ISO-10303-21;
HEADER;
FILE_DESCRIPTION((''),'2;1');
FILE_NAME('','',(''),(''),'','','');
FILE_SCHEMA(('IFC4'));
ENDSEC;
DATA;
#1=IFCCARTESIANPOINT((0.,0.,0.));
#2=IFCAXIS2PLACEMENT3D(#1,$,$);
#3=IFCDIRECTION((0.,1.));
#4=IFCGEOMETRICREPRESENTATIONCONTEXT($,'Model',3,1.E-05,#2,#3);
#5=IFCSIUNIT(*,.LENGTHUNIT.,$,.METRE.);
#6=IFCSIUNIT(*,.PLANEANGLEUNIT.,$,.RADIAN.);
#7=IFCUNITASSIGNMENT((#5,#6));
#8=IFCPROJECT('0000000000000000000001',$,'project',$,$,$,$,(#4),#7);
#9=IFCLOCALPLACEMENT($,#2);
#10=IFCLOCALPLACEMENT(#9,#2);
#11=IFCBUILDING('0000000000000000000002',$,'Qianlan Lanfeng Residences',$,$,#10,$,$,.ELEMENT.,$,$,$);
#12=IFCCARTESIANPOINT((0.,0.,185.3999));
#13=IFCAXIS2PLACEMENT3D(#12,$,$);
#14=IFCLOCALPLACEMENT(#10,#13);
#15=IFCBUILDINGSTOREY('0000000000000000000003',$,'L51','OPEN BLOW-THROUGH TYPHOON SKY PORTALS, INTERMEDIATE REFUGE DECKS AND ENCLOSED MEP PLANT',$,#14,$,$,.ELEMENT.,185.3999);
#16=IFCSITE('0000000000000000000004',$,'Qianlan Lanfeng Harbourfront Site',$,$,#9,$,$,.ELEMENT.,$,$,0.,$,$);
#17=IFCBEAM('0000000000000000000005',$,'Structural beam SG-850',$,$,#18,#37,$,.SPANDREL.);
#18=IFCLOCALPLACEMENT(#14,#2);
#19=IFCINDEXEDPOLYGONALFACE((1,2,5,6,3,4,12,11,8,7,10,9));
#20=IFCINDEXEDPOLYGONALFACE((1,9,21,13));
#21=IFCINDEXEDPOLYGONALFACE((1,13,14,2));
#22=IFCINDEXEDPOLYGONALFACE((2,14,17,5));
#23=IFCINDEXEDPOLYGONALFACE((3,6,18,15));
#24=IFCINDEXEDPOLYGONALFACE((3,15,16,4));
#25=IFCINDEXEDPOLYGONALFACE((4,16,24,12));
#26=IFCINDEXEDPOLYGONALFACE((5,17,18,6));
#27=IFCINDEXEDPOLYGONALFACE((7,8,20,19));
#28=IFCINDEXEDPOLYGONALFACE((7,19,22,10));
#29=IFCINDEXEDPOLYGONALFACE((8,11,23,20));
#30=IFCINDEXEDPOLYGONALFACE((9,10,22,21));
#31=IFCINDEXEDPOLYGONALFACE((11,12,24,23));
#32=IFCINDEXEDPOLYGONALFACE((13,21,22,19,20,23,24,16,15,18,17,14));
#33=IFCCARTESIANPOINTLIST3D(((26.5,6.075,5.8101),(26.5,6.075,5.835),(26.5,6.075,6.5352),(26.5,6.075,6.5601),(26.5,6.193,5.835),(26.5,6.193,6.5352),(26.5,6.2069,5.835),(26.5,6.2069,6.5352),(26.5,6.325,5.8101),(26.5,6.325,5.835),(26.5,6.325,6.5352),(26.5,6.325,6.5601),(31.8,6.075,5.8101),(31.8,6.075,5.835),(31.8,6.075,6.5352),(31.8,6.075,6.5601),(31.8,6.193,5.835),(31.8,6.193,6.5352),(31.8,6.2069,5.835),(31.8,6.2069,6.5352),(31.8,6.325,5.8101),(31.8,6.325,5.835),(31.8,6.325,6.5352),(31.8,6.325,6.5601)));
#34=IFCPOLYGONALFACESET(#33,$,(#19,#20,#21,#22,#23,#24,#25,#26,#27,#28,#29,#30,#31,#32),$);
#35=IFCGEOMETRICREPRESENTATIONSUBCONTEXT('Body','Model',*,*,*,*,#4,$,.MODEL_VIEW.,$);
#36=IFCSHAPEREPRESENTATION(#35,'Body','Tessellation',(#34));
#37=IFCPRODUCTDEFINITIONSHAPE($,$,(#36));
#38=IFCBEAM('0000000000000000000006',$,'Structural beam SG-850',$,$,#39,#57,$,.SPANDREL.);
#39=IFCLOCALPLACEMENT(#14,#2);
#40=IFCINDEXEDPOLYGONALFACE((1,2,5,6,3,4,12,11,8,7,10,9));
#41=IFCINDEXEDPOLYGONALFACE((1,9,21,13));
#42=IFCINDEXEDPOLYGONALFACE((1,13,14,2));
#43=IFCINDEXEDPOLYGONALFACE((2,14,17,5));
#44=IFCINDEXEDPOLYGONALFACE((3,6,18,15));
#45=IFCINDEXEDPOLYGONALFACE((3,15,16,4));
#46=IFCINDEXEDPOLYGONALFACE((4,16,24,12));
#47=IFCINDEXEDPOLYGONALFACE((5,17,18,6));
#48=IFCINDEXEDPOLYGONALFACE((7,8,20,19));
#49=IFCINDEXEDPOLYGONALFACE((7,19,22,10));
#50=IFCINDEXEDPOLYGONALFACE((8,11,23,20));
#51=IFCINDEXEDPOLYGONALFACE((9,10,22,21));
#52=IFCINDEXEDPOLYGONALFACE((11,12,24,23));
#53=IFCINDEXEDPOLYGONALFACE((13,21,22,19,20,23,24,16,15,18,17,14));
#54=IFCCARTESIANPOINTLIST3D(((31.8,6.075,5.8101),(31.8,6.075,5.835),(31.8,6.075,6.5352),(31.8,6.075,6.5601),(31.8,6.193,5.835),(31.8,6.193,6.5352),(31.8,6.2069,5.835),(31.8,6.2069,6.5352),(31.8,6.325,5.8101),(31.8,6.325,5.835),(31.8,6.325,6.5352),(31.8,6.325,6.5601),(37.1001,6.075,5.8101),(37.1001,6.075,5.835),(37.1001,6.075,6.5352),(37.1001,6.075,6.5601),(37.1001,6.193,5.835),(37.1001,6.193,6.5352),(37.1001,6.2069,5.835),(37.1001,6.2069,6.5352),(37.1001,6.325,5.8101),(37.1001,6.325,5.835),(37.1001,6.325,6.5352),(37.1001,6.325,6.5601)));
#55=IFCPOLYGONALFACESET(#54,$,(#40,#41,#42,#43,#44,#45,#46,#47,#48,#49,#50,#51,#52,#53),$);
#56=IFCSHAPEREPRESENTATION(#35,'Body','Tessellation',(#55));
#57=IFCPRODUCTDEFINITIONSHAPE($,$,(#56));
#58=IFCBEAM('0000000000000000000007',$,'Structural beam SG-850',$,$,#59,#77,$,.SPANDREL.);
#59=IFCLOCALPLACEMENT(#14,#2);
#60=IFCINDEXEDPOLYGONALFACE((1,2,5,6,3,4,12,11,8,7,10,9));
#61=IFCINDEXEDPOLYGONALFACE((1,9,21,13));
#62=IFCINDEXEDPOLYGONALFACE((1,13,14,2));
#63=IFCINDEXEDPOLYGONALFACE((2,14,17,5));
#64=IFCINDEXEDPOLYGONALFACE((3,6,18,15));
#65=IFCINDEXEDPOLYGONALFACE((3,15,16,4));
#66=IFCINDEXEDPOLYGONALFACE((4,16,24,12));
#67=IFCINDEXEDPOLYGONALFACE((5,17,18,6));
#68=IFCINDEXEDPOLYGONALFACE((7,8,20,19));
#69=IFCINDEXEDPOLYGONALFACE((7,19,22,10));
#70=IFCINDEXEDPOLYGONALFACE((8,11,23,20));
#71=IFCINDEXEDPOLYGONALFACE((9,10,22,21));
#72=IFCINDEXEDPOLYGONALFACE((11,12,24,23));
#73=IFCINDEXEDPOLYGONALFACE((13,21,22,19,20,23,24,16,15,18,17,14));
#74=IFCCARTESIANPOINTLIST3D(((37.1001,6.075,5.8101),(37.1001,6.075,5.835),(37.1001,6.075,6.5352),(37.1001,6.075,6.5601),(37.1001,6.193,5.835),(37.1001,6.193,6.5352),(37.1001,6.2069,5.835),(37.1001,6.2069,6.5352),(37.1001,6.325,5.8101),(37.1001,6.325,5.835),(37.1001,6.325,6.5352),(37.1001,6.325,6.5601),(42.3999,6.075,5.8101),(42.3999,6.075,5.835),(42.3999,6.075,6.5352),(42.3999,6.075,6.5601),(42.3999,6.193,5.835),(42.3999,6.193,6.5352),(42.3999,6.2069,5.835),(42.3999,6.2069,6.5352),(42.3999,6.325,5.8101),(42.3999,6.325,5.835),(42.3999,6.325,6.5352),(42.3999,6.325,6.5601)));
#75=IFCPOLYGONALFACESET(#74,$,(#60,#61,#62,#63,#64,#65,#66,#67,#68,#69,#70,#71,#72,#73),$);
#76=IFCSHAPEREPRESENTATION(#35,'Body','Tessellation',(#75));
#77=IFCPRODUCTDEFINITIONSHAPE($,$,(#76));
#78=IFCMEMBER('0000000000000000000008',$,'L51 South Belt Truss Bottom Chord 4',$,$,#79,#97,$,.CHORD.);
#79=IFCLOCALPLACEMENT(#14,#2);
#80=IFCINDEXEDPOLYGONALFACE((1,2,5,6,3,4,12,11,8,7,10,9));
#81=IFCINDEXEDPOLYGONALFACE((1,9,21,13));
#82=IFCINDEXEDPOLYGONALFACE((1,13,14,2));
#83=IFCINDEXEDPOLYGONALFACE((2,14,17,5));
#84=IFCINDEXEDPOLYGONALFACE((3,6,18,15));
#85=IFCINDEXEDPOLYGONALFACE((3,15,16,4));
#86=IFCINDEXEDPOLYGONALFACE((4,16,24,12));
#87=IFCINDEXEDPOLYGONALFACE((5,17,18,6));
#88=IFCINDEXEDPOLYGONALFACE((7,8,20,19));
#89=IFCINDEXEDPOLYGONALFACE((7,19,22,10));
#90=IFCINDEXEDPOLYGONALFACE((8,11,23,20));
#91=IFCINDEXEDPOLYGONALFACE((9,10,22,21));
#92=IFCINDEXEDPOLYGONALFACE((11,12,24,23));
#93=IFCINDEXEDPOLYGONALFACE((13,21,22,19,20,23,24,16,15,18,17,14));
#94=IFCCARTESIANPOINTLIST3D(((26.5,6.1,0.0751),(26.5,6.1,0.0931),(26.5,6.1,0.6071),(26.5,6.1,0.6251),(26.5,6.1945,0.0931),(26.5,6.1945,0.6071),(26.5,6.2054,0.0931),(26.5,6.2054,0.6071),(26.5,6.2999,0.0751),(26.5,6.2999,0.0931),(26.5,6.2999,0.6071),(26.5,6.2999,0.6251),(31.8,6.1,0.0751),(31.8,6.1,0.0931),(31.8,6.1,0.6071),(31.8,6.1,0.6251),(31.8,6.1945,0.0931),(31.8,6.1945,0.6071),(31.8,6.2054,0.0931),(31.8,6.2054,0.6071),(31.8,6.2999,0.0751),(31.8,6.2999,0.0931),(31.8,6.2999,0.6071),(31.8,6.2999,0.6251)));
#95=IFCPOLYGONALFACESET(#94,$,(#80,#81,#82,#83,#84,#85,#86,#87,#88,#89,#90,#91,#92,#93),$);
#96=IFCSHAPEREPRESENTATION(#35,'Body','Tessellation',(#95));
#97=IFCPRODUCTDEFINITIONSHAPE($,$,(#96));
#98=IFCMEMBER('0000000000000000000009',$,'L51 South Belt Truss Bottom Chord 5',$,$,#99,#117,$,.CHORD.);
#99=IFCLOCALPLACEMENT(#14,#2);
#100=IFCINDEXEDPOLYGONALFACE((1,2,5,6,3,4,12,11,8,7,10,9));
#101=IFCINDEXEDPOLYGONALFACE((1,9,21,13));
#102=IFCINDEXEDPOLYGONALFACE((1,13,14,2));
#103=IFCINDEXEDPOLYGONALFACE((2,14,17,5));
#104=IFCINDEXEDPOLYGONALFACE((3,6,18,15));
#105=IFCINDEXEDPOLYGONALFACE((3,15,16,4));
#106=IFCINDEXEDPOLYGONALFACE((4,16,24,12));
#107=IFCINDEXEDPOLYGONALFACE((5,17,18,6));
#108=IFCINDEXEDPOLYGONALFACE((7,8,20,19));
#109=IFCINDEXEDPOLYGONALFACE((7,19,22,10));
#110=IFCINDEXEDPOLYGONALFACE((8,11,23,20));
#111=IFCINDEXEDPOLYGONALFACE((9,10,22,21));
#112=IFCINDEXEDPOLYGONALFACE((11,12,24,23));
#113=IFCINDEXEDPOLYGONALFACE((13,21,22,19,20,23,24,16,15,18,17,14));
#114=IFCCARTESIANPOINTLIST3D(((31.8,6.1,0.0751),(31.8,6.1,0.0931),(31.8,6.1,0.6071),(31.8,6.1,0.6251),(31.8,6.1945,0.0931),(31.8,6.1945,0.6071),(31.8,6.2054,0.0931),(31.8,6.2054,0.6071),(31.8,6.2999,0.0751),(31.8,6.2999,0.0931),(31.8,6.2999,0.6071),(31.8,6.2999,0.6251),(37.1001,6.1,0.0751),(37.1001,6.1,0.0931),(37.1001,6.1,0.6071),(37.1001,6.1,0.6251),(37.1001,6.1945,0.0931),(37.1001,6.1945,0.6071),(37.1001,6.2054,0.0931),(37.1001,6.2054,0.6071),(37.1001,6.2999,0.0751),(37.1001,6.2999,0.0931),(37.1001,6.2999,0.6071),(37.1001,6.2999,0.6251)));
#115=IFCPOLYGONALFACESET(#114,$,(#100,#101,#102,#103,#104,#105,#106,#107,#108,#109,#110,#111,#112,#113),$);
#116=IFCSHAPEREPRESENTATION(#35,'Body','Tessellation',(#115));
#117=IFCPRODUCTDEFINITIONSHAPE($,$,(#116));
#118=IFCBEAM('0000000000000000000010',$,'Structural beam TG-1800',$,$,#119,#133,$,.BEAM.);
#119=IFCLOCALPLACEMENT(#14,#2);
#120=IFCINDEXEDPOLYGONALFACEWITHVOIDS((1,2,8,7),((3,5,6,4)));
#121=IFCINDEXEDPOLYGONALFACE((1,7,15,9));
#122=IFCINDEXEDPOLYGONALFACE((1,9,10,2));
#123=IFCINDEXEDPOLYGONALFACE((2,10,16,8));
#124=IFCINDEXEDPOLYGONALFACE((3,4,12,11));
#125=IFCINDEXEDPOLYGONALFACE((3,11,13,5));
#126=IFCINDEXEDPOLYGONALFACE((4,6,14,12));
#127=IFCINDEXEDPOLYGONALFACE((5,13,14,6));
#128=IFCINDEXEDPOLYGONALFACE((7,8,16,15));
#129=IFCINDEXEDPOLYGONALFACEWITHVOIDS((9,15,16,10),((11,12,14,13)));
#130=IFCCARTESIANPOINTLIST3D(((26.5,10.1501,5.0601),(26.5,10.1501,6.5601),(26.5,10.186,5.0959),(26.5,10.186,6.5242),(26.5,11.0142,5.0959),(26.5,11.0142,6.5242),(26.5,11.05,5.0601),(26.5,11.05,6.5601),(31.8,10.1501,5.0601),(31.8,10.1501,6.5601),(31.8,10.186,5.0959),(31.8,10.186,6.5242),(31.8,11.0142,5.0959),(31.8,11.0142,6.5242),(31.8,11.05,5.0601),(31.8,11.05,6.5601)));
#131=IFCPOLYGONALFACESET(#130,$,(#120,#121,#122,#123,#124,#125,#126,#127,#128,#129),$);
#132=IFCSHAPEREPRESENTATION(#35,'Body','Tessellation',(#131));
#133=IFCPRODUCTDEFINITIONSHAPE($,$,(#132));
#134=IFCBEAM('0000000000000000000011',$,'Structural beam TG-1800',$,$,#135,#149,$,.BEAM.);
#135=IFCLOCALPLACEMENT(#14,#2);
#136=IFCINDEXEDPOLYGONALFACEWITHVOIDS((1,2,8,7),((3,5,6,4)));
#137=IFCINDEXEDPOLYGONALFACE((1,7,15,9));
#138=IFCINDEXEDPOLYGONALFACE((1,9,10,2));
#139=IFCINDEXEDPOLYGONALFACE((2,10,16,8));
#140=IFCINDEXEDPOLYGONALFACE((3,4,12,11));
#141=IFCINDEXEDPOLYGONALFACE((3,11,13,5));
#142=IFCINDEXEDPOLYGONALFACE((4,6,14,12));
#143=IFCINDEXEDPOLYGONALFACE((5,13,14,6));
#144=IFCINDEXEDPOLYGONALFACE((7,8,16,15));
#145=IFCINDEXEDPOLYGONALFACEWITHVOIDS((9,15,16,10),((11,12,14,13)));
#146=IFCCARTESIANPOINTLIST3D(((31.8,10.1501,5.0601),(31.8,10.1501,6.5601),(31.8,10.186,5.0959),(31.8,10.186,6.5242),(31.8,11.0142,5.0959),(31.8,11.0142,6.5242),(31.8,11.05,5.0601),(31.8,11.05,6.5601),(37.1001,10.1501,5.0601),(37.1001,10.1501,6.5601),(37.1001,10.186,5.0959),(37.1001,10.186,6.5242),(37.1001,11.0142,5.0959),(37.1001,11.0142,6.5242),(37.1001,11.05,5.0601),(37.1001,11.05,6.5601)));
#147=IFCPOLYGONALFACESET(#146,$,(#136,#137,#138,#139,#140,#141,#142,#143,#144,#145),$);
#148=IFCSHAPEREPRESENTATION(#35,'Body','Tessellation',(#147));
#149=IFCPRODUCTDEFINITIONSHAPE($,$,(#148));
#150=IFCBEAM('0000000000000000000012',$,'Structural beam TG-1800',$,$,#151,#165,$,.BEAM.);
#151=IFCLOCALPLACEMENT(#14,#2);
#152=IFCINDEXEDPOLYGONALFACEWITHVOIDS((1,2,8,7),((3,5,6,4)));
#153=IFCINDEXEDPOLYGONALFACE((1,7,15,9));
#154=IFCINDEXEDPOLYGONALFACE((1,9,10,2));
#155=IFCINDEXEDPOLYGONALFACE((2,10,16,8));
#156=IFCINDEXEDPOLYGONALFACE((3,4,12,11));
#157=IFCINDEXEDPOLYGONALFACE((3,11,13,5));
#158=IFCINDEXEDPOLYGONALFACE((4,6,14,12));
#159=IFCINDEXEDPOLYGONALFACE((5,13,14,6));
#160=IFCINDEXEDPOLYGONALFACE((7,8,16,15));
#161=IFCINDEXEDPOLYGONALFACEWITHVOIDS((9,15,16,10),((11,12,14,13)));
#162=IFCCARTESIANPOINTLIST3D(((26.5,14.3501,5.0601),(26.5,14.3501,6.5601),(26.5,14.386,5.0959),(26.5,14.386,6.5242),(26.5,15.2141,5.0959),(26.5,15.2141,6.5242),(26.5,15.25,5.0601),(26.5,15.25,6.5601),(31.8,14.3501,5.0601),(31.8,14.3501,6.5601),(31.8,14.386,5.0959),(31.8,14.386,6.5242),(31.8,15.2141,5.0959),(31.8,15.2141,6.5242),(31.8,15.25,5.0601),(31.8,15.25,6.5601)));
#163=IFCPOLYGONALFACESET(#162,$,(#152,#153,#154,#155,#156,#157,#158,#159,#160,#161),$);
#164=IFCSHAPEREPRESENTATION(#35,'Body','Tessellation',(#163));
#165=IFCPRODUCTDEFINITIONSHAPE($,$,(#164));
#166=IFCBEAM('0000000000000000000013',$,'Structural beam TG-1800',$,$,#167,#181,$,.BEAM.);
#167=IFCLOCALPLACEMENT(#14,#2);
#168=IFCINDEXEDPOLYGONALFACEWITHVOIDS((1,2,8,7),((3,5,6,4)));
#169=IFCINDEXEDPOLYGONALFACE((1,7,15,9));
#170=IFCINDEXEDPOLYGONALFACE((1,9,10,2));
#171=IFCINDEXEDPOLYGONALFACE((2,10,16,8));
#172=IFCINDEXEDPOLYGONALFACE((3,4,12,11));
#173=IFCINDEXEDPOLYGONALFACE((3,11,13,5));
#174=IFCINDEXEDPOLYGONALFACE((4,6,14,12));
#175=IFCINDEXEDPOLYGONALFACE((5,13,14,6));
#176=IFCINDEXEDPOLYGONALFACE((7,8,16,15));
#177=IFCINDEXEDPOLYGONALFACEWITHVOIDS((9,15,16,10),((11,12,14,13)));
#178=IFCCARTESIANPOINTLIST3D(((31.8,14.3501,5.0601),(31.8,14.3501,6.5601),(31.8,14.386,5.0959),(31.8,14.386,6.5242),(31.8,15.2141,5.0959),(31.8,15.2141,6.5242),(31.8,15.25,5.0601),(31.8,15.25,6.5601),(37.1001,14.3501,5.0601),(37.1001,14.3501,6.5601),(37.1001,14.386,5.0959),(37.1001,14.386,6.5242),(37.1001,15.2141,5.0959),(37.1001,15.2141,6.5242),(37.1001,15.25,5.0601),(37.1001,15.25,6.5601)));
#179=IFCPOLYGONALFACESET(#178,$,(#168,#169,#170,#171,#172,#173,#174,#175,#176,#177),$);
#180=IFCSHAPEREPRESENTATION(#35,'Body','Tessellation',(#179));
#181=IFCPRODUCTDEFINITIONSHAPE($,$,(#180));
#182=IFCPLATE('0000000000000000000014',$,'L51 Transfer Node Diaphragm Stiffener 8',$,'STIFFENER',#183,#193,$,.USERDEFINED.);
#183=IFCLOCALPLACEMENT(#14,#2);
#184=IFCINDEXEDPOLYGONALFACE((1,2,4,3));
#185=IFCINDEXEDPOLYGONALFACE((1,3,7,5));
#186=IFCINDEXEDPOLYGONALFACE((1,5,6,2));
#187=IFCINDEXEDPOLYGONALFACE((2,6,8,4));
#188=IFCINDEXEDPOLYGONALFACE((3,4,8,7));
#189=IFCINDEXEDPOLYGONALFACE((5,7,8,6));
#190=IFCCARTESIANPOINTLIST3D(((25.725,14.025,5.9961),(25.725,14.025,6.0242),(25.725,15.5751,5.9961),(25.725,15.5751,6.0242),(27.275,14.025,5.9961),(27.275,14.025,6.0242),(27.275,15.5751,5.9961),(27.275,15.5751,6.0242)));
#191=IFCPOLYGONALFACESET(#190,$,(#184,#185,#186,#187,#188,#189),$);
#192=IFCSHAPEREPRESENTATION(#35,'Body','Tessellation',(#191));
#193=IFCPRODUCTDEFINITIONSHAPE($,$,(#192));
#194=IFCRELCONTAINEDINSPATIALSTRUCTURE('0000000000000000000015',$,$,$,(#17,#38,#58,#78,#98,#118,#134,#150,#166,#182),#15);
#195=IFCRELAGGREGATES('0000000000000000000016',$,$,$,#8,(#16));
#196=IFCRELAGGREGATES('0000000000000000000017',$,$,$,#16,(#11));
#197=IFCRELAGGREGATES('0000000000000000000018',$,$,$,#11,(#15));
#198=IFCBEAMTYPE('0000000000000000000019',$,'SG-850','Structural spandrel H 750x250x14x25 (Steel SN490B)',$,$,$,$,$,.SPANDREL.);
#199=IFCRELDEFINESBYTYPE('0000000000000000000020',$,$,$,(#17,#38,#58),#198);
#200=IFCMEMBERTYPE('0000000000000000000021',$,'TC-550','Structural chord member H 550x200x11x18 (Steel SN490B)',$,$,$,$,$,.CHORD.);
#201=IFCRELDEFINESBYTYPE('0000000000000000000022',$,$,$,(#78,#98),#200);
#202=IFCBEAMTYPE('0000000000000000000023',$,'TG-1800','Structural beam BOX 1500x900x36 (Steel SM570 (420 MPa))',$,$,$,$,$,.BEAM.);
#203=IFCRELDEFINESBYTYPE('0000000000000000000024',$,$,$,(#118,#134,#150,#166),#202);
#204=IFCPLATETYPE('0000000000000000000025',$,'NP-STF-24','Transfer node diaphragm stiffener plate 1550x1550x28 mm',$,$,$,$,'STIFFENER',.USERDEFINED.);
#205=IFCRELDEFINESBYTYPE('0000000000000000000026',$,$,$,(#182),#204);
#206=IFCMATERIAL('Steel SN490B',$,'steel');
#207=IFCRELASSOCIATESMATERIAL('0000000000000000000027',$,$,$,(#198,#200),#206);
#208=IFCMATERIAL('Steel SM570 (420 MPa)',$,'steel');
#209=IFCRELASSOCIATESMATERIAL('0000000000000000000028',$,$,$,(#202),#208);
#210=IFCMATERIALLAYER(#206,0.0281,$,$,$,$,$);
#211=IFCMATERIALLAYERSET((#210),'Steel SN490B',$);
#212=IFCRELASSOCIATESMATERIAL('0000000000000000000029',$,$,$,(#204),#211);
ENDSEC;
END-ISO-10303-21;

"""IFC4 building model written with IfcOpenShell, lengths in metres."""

from ifc_helpers import new_model, si_unit, direction, frame, origin, origin_2d, place, context, subcontext, project, spatial, rectangle, hollow_rectangle, i_section, extrude, source, transform, mapped, material, layer, layer_set, material_profile, profile_set, type_object, element, save


model = new_model("IFC4")

# Units and contexts
model_context = context("Model", 3, precision=1e-05, world=origin(), true_north=direction((0.0, 1.0)))
body_context = subcontext(model_context, "Body", "Model", "MODEL_VIEW")
ifc_project = project(units=[si_unit("LENGTHUNIT", "METRE"), si_unit("PLANEANGLEUNIT", "RADIAN")], contexts=[model_context])

# Site, building, storey
site_placement = place(None, origin())
site = spatial("IfcSite", under=ifc_project, at=site_placement, Name="Qianlan Lanfeng Harbourfront Site", CompositionType="ELEMENT", RefElevation=0.0)
building_placement = place(site_placement, origin())
building = spatial("IfcBuilding", under=site, at=building_placement, Name="Qianlan Lanfeng Residences", CompositionType="ELEMENT")
storey_placement = place(building_placement, frame((0.0, 0.0, 185.3999)))
storey = spatial("IfcBuildingStorey", under=building, at=storey_placement, Name="L51", Description="OPEN BLOW-THROUGH TYPHOON SKY PORTALS, INTERMEDIATE REFUGE DECKS AND ENCLOSED MEP PLANT", CompositionType="ELEMENT", Elevation=185.3999)

# Shared definitions
ifc_material_1 = material(Name="Steel SN490B", Category="steel")

# Beams
ifc_material_profile_1 = material_profile(ifc_material_1, i_section(OverallWidth=0.25, OverallDepth=0.75, WebThickness=0.0139, FlangeThickness=0.0249, at=origin_2d()), Name="H 750x250x14x25")
ifc_profile_set_1 = profile_set([ifc_material_profile_1], Name="Steel SN490B")
beam_type_1 = type_object("IfcBeamType", Name="SG-850", Description="Structural spandrel H 750x250x14x25 (Steel SN490B)", PredefinedType="SPANDREL", material=ifc_profile_set_1)
for number, where, z_axis, x_axis, name in (
    (1, (26.5, 6.2, 6.1851), (1.0, 0.0, 0.0), (0.0, 1.0, 0.0), "Structural beam SG-850"),
    (2, (31.8, 6.2, 6.1851), (1.0, 0.0, 0.0), (0.0, 1.0, 0.0), "Structural beam SG-850"),
):
    element("IfcBeam", number, at=place(storey_placement, frame(where, z_axis=z_axis, x_axis=x_axis)), inside=storey, type_object=beam_type_1, Name=name, PredefinedType="SPANDREL", context=body_context, shape_type="SweptSolid", body=[
        extrude(i_section(OverallWidth=0.25, OverallDepth=0.75, WebThickness=0.0139, FlangeThickness=0.0249, at=origin_2d()), origin(), (0.0, 0.0, 1.0), 5.3),
    ])
beam_1_placement = place(storey_placement, frame((37.1001, 6.2, 6.1851), z_axis=(1.0, 0.0, 0.0), x_axis=(0.0, 1.0, 0.0)))
element("IfcBeam", 3, at=beam_1_placement, inside=storey, type_object=beam_type_1, Name="Structural beam SG-850", PredefinedType="SPANDREL", context=body_context, shape_type="SweptSolid", body=[
    extrude(i_section(OverallWidth=0.25, OverallDepth=0.75, WebThickness=0.0139, FlangeThickness=0.0249, at=origin_2d()), origin(), (0.0, 0.0, 1.0), 5.2998),
])

# Members
ifc_material_profile_2 = material_profile(ifc_material_1, i_section(OverallWidth=0.2, OverallDepth=0.55, WebThickness=0.011, FlangeThickness=0.0181, at=origin_2d()), Name="H 550x200x11x18")
ifc_profile_set_2 = profile_set([ifc_material_profile_2], Name="Steel SN490B")
member_type_1 = type_object("IfcMemberType", Name="TC-550", Description="Structural chord member H 550x200x11x18 (Steel SN490B)", PredefinedType="CHORD", material=ifc_profile_set_2)
for number, where, z_axis, x_axis, name in (
    (4, (26.5, 6.2, 0.3501), (1.0, 0.0, 0.0), (0.0, 1.0, 0.0), "L51 South Belt Truss Bottom Chord 4"),
    (5, (31.8, 6.2, 0.3501), (1.0, 0.0, 0.0), (0.0, 1.0, 0.0), "L51 South Belt Truss Bottom Chord 5"),
):
    element("IfcMember", number, at=place(storey_placement, frame(where, z_axis=z_axis, x_axis=x_axis)), inside=storey, type_object=member_type_1, Name=name, PredefinedType="CHORD", context=body_context, shape_type="SweptSolid", body=[
        extrude(i_section(OverallWidth=0.2, OverallDepth=0.55, WebThickness=0.011, FlangeThickness=0.0181, at=origin_2d()), origin(), (0.0, 0.0, 1.0), 5.3),
    ])

# Beams
ifc_material_2 = material(Name="Steel SM570 (420 MPa)", Category="steel")
ifc_material_profile_3 = material_profile(ifc_material_2, hollow_rectangle(XDim=0.8999, YDim=1.5, WallThickness=0.0359, at=origin_2d()), Name="BOX 1500x900x36")
ifc_profile_set_3 = profile_set([ifc_material_profile_3], Name="Steel SM570 (420 MPa)")
beam_type_2 = type_object("IfcBeamType", Name="TG-1800", Description="Structural beam BOX 1500x900x36 (Steel SM570 (420 MPa))", PredefinedType="BEAM", material=ifc_profile_set_3)
for number, where, z_axis, x_axis, name in (
    (6, (26.5, 10.6001, 5.8101), (1.0, 0.0, 0.0), (0.0, 1.0, 0.0), "Structural beam TG-1800"),
    (7, (31.8, 10.6001, 5.8101), (1.0, 0.0, 0.0), (0.0, 1.0, 0.0), "Structural beam TG-1800"),
    (8, (26.5, 14.8, 5.8101), (1.0, 0.0, 0.0), (0.0, 1.0, 0.0), "Structural beam TG-1800"),
    (9, (31.8, 14.8, 5.8101), (1.0, 0.0, 0.0), (0.0, 1.0, 0.0), "Structural beam TG-1800"),
):
    element("IfcBeam", number, at=place(storey_placement, frame(where, z_axis=z_axis, x_axis=x_axis)), inside=storey, type_object=beam_type_2, Name=name, PredefinedType="BEAM", context=body_context, shape_type="SweptSolid", body=[
        extrude(hollow_rectangle(XDim=0.8999, YDim=1.5, WallThickness=0.0359, at=origin_2d()), origin(), (0.0, 0.0, 1.0), 5.3),
    ])

# Plate
ifc_layer_1 = layer(ifc_material_1, 0.0281)
ifc_layer_set_1 = layer_set([ifc_layer_1], Name="Steel SN490B")
plate_type_1 = type_object("IfcPlateType", Name="NP-STF-24", Description="Transfer node diaphragm stiffener plate 1550x1550x28 mm", ElementType="STIFFENER", PredefinedType="USERDEFINED", material=ifc_layer_set_1)
shared_shape_1 = source(origin(), body_context, "Body", "SweptSolid", [
    extrude(rectangle(XDim=1.55, YDim=1.55, at=origin_2d()), origin(), (0.0, 0.0, 1.0), 0.0281),
])
plate_placement = place(storey_placement, frame((26.5, 14.8, 5.9961), z_axis=(0.0, 0.0, 1.0), x_axis=(1.0, 0.0, 0.0)))
element("IfcPlate", 10, at=plate_placement, inside=storey, type_object=plate_type_1, Name="L51 Transfer Node Diaphragm Stiffener 8", ObjectType="STIFFENER", PredefinedType="USERDEFINED", context=body_context, shape_type="MappedRepresentation", body=[
    mapped(shared_shape_1, transform((0.0, 0.0, 0.0), scale=1.0)),
])

save(model, "model.ifc")
